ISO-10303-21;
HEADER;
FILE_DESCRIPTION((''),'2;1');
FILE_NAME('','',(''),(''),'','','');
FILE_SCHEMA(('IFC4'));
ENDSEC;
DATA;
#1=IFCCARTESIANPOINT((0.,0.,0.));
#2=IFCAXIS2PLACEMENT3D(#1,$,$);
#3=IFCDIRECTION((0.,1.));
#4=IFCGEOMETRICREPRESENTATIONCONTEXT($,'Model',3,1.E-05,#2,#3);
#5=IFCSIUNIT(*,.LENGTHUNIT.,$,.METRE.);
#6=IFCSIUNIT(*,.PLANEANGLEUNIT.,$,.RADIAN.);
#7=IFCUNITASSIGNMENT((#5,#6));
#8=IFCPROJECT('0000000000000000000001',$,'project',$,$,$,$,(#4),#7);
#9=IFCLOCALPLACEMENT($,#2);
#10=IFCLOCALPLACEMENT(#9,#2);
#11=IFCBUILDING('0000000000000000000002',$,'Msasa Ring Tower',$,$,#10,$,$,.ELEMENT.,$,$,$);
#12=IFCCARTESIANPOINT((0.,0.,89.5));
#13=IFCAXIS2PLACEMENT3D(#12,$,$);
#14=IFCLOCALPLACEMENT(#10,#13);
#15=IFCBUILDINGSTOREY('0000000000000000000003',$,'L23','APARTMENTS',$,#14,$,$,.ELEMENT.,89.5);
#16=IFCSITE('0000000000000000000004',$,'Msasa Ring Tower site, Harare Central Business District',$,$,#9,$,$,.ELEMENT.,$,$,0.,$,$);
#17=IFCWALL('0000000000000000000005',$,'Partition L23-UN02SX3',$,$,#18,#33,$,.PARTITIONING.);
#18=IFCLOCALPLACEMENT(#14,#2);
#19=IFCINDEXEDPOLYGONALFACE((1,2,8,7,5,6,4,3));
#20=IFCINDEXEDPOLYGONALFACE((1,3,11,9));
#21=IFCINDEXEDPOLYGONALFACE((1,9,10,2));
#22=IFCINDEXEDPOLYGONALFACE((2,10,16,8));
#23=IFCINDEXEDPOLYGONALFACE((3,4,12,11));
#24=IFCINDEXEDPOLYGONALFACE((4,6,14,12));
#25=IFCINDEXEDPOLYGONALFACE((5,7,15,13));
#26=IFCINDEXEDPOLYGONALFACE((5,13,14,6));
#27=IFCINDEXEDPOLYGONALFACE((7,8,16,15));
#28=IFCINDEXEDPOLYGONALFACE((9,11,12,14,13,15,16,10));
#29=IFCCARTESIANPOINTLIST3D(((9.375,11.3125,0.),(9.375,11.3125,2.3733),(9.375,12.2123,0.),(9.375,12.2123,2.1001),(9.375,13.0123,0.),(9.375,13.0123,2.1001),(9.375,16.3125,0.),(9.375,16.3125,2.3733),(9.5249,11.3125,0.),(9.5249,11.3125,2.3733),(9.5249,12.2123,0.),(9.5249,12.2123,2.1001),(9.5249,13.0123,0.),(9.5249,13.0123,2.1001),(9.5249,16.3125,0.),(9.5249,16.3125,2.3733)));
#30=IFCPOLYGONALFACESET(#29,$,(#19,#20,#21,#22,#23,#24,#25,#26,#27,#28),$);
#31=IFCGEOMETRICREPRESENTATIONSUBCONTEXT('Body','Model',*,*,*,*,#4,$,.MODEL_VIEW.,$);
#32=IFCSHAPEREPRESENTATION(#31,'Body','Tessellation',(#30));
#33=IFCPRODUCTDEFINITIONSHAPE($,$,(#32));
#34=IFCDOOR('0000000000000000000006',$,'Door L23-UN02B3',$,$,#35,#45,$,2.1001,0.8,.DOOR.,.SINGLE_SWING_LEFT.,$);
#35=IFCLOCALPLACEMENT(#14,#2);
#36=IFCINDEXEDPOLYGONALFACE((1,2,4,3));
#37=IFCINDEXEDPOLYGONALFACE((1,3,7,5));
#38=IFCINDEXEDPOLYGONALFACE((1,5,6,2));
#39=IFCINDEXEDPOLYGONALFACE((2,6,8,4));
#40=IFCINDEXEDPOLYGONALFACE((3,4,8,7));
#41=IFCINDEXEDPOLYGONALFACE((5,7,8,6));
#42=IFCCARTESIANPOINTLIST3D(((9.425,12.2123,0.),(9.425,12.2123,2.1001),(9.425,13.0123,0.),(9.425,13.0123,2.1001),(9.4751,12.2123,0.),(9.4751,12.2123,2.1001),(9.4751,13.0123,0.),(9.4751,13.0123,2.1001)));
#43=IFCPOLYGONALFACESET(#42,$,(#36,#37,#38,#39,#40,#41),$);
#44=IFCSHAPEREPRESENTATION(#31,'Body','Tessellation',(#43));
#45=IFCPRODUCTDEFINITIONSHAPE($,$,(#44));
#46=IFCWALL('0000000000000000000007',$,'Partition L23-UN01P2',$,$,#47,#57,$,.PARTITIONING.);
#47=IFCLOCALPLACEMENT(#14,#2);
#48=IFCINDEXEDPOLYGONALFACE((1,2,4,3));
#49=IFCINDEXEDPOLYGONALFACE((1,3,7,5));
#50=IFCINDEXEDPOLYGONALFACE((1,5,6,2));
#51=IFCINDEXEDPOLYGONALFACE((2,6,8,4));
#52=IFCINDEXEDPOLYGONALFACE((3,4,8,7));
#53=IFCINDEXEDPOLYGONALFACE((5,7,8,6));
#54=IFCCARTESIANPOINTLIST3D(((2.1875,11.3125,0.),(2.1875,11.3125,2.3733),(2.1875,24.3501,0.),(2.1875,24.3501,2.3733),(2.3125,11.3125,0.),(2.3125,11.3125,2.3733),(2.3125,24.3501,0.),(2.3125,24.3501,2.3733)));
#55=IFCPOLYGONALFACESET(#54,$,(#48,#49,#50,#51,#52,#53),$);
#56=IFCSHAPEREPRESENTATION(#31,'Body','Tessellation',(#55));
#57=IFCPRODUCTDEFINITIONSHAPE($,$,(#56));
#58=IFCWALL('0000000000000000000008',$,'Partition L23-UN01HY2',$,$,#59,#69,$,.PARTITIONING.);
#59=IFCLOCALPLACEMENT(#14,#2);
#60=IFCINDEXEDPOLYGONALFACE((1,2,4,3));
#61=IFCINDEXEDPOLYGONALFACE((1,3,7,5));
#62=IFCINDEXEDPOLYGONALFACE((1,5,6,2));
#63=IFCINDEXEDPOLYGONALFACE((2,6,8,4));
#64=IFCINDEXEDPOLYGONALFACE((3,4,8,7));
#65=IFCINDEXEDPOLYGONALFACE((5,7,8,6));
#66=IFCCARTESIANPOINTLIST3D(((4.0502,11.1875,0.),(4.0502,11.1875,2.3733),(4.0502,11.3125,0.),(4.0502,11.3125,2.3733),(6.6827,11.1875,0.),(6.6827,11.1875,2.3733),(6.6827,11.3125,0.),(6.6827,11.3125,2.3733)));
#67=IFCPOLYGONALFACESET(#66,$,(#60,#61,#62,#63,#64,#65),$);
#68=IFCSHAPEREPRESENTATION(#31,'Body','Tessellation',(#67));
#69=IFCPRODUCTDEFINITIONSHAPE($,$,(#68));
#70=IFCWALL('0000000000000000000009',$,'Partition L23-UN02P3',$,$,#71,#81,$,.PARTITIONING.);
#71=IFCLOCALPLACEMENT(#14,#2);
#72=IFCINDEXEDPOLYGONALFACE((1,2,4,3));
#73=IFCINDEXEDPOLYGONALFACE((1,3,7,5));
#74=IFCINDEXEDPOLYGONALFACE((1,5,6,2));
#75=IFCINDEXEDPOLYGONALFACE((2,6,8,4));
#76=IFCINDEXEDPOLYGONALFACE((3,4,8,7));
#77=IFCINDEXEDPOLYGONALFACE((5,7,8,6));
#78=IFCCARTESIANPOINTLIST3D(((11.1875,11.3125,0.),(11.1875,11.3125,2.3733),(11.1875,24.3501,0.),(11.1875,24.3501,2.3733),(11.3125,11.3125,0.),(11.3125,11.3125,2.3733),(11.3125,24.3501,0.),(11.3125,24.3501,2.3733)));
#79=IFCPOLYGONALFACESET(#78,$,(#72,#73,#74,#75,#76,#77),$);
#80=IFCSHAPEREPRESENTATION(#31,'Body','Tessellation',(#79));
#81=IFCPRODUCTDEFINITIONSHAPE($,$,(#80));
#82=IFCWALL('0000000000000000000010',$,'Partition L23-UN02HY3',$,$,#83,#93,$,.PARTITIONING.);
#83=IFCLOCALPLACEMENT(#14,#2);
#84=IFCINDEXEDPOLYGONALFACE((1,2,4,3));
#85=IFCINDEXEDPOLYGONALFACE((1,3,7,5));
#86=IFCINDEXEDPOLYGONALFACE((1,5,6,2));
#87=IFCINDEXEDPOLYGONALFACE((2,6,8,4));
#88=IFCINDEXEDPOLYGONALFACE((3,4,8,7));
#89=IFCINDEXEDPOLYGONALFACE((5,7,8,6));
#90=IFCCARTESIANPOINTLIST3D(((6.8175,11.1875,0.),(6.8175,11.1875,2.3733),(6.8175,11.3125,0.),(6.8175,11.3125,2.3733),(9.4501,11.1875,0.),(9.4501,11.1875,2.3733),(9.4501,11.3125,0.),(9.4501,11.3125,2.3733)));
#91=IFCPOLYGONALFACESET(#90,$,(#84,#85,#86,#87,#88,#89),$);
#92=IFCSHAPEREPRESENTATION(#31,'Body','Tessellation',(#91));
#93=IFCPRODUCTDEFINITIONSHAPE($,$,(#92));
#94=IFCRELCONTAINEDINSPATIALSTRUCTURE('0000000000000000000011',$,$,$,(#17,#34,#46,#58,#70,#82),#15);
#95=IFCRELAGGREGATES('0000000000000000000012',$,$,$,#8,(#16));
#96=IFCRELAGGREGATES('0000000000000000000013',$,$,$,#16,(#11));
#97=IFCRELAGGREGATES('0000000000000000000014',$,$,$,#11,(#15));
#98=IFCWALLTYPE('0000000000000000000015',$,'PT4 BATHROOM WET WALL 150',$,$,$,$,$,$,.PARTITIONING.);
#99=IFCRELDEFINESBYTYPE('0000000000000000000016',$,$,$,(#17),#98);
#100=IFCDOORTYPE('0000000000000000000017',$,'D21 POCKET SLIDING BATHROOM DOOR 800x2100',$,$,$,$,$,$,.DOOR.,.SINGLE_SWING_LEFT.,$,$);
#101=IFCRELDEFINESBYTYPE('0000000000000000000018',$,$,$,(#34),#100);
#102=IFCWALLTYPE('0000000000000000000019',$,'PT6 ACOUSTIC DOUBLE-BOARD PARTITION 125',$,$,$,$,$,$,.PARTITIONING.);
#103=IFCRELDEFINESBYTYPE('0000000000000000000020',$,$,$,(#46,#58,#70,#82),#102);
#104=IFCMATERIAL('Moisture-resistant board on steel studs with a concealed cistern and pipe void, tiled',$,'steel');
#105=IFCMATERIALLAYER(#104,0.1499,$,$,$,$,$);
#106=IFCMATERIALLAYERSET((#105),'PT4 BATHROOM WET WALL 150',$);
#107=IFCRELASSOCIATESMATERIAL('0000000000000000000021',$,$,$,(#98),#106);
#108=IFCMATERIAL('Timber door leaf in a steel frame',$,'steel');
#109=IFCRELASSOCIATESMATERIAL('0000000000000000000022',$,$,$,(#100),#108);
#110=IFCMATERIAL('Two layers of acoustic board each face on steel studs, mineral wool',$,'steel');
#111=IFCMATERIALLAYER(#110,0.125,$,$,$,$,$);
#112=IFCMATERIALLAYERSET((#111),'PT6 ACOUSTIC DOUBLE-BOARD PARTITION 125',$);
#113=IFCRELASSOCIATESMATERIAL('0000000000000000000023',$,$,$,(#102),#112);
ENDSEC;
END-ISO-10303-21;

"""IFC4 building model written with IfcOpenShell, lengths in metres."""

from ifc_helpers import new_model, si_unit, direction, frame, frame_2d, origin, place, context, subcontext, project, spatial, rectangle, extrude, material, layer, layer_set, type_object, element, fill, save


model = new_model("IFC4")

# Units and contexts
model_context = context("Model", 3, precision=1e-05, world=origin(), true_north=direction((0.0, 1.0)))
body_context = subcontext(model_context, "Body", "Model", "MODEL_VIEW")
ifc_project = project(units=[si_unit("LENGTHUNIT", "METRE"), si_unit("PLANEANGLEUNIT", "RADIAN")], contexts=[model_context])

# Site, building, storey
site_placement = place(None, origin())
site = spatial("IfcSite", under=ifc_project, at=site_placement, Name="Msasa Ring Tower site, Harare Central Business District", CompositionType="ELEMENT", RefElevation=0.0)
building_placement = place(site_placement, origin())
building = spatial("IfcBuilding", under=site, at=building_placement, Name="Msasa Ring Tower", CompositionType="ELEMENT")
storey_placement = place(building_placement, frame((0.0, 0.0, 89.5)))
storey = spatial("IfcBuildingStorey", under=building, at=storey_placement, Name="L23", Description="APARTMENTS", CompositionType="ELEMENT", Elevation=89.5)

# Shared definitions
ifc_material_1 = material(Name="Moisture-resistant board on steel studs with a concealed cistern and pipe void, tiled", Category="steel")
ifc_layer_1 = layer(ifc_material_1, 0.1499)
ifc_layer_set_1 = layer_set([ifc_layer_1], Name="PT4 BATHROOM WET WALL 150")
wall_type_1 = type_object("IfcWallType", Name="PT4 BATHROOM WET WALL 150", PredefinedType="PARTITIONING", material=ifc_layer_set_1)
ifc_material_2 = material(Name="Timber door leaf in a steel frame", Category="steel")
door_type = type_object("IfcDoorType", Name="D21 POCKET SLIDING BATHROOM DOOR 800x2100", OperationType="SINGLE_SWING_LEFT", PredefinedType="DOOR", material=ifc_material_2)

# Wall, opening, door
wall_1_placement = place(storey_placement, frame((9.45, 11.3125, 0.0), z_axis=(0.0, 0.0, 1.0), x_axis=(0.0, 1.0, 0.0)))
wall_1 = element("IfcWall", 1, at=wall_1_placement, inside=storey, type_object=wall_type_1, Name="Partition L23-UN02SX3", PredefinedType="PARTITIONING", context=body_context, shape_type="SweptSolid", body=[
    extrude(rectangle(XDim=5.0, YDim=0.1499, at=frame_2d((2.5, 0.0))), origin(), (0.0, 0.0, 1.0), 2.3733),
])
opening_1_placement = place(wall_1_placement, frame((0.8999, 0.0, 0.0)))
opening_1 = element("IfcOpeningElement", 2, at=opening_1_placement, cuts=wall_1, PredefinedType="OPENING", context=body_context, shape_type="SweptSolid", body=[
    extrude(rectangle(XDim=0.8, YDim=2.1001, at=frame_2d((0.3999, 1.05))), frame((0.0, 0.085, 0.0), z_axis=(0.0, -1.0, 0.0), x_axis=(1.0, 0.0, 0.0)), (0.0, 0.0, 1.0), 0.1699),
])
door_1_placement = place(opening_1_placement, origin())
door_1 = element("IfcDoor", 3, at=door_1_placement, inside=storey, type_object=door_type, Name="Door L23-UN02B3", OperationType="SINGLE_SWING_LEFT", OverallHeight=2.1001, OverallWidth=0.8, PredefinedType="DOOR", context=body_context, shape_type="SweptSolid", body=[
    extrude(rectangle(XDim=0.8, YDim=2.1001, at=frame_2d((0.3999, 1.05))), frame((0.0, 0.0249, 0.0), z_axis=(0.0, -1.0, 0.0), x_axis=(1.0, 0.0, 0.0)), (0.0, 0.0, 1.0), 0.05),
])
fill(opening_1, door_1)

# Walls
ifc_material_3 = material(Name="Two layers of acoustic board each face on steel studs, mineral wool", Category="steel")
ifc_layer_2 = layer(ifc_material_3, 0.125)
ifc_layer_set_2 = layer_set([ifc_layer_2], Name="PT6 ACOUSTIC DOUBLE-BOARD PARTITION 125")
wall_type_2 = type_object("IfcWallType", Name="PT6 ACOUSTIC DOUBLE-BOARD PARTITION 125", PredefinedType="PARTITIONING", material=ifc_layer_set_2)
wall_2_placement = place(storey_placement, frame((2.25, 11.3125, 0.0), z_axis=(0.0, 0.0, 1.0), x_axis=(0.0, 1.0, 0.0)))
element("IfcWall", 4, at=wall_2_placement, inside=storey, type_object=wall_type_2, Name="Partition L23-UN01P2", PredefinedType="PARTITIONING", context=body_context, shape_type="SweptSolid", body=[
    extrude(rectangle(XDim=13.0376, YDim=0.125, at=frame_2d((6.5188, 0.0))), origin(), (0.0, 0.0, 1.0), 2.3733),
])
wall_3_placement = place(storey_placement, frame((4.05, 11.25, 0.0), z_axis=(0.0, 0.0, 1.0), x_axis=(1.0, 0.0, 0.0)))
element("IfcWall", 5, at=wall_3_placement, inside=storey, type_object=wall_type_2, Name="Partition L23-UN01HY2", PredefinedType="PARTITIONING", context=body_context, shape_type="SweptSolid", body=[
    extrude(rectangle(XDim=2.6326, YDim=0.125, at=frame_2d((1.3164, 0.0))), origin(), (0.0, 0.0, 1.0), 2.3733),
])
wall_4_placement = place(storey_placement, frame((11.25, 11.3125, 0.0), z_axis=(0.0, 0.0, 1.0), x_axis=(0.0, 1.0, 0.0)))
element("IfcWall", 6, at=wall_4_placement, inside=storey, type_object=wall_type_2, Name="Partition L23-UN02P3", PredefinedType="PARTITIONING", context=body_context, shape_type="SweptSolid", body=[
    extrude(rectangle(XDim=13.0376, YDim=0.125, at=frame_2d((6.5188, 0.0))), origin(), (0.0, 0.0, 1.0), 2.3733),
])
wall_5_placement = place(storey_placement, frame((6.8174, 11.25, 0.0), z_axis=(0.0, 0.0, 1.0), x_axis=(1.0, 0.0, 0.0)))
element("IfcWall", 7, at=wall_5_placement, inside=storey, type_object=wall_type_2, Name="Partition L23-UN02HY3", PredefinedType="PARTITIONING", context=body_context, shape_type="SweptSolid", body=[
    extrude(rectangle(XDim=2.6326, YDim=0.125, at=frame_2d((1.3164, 0.0))), origin(), (0.0, 0.0, 1.0), 2.3733),
])

save(model, "model.ifc")
